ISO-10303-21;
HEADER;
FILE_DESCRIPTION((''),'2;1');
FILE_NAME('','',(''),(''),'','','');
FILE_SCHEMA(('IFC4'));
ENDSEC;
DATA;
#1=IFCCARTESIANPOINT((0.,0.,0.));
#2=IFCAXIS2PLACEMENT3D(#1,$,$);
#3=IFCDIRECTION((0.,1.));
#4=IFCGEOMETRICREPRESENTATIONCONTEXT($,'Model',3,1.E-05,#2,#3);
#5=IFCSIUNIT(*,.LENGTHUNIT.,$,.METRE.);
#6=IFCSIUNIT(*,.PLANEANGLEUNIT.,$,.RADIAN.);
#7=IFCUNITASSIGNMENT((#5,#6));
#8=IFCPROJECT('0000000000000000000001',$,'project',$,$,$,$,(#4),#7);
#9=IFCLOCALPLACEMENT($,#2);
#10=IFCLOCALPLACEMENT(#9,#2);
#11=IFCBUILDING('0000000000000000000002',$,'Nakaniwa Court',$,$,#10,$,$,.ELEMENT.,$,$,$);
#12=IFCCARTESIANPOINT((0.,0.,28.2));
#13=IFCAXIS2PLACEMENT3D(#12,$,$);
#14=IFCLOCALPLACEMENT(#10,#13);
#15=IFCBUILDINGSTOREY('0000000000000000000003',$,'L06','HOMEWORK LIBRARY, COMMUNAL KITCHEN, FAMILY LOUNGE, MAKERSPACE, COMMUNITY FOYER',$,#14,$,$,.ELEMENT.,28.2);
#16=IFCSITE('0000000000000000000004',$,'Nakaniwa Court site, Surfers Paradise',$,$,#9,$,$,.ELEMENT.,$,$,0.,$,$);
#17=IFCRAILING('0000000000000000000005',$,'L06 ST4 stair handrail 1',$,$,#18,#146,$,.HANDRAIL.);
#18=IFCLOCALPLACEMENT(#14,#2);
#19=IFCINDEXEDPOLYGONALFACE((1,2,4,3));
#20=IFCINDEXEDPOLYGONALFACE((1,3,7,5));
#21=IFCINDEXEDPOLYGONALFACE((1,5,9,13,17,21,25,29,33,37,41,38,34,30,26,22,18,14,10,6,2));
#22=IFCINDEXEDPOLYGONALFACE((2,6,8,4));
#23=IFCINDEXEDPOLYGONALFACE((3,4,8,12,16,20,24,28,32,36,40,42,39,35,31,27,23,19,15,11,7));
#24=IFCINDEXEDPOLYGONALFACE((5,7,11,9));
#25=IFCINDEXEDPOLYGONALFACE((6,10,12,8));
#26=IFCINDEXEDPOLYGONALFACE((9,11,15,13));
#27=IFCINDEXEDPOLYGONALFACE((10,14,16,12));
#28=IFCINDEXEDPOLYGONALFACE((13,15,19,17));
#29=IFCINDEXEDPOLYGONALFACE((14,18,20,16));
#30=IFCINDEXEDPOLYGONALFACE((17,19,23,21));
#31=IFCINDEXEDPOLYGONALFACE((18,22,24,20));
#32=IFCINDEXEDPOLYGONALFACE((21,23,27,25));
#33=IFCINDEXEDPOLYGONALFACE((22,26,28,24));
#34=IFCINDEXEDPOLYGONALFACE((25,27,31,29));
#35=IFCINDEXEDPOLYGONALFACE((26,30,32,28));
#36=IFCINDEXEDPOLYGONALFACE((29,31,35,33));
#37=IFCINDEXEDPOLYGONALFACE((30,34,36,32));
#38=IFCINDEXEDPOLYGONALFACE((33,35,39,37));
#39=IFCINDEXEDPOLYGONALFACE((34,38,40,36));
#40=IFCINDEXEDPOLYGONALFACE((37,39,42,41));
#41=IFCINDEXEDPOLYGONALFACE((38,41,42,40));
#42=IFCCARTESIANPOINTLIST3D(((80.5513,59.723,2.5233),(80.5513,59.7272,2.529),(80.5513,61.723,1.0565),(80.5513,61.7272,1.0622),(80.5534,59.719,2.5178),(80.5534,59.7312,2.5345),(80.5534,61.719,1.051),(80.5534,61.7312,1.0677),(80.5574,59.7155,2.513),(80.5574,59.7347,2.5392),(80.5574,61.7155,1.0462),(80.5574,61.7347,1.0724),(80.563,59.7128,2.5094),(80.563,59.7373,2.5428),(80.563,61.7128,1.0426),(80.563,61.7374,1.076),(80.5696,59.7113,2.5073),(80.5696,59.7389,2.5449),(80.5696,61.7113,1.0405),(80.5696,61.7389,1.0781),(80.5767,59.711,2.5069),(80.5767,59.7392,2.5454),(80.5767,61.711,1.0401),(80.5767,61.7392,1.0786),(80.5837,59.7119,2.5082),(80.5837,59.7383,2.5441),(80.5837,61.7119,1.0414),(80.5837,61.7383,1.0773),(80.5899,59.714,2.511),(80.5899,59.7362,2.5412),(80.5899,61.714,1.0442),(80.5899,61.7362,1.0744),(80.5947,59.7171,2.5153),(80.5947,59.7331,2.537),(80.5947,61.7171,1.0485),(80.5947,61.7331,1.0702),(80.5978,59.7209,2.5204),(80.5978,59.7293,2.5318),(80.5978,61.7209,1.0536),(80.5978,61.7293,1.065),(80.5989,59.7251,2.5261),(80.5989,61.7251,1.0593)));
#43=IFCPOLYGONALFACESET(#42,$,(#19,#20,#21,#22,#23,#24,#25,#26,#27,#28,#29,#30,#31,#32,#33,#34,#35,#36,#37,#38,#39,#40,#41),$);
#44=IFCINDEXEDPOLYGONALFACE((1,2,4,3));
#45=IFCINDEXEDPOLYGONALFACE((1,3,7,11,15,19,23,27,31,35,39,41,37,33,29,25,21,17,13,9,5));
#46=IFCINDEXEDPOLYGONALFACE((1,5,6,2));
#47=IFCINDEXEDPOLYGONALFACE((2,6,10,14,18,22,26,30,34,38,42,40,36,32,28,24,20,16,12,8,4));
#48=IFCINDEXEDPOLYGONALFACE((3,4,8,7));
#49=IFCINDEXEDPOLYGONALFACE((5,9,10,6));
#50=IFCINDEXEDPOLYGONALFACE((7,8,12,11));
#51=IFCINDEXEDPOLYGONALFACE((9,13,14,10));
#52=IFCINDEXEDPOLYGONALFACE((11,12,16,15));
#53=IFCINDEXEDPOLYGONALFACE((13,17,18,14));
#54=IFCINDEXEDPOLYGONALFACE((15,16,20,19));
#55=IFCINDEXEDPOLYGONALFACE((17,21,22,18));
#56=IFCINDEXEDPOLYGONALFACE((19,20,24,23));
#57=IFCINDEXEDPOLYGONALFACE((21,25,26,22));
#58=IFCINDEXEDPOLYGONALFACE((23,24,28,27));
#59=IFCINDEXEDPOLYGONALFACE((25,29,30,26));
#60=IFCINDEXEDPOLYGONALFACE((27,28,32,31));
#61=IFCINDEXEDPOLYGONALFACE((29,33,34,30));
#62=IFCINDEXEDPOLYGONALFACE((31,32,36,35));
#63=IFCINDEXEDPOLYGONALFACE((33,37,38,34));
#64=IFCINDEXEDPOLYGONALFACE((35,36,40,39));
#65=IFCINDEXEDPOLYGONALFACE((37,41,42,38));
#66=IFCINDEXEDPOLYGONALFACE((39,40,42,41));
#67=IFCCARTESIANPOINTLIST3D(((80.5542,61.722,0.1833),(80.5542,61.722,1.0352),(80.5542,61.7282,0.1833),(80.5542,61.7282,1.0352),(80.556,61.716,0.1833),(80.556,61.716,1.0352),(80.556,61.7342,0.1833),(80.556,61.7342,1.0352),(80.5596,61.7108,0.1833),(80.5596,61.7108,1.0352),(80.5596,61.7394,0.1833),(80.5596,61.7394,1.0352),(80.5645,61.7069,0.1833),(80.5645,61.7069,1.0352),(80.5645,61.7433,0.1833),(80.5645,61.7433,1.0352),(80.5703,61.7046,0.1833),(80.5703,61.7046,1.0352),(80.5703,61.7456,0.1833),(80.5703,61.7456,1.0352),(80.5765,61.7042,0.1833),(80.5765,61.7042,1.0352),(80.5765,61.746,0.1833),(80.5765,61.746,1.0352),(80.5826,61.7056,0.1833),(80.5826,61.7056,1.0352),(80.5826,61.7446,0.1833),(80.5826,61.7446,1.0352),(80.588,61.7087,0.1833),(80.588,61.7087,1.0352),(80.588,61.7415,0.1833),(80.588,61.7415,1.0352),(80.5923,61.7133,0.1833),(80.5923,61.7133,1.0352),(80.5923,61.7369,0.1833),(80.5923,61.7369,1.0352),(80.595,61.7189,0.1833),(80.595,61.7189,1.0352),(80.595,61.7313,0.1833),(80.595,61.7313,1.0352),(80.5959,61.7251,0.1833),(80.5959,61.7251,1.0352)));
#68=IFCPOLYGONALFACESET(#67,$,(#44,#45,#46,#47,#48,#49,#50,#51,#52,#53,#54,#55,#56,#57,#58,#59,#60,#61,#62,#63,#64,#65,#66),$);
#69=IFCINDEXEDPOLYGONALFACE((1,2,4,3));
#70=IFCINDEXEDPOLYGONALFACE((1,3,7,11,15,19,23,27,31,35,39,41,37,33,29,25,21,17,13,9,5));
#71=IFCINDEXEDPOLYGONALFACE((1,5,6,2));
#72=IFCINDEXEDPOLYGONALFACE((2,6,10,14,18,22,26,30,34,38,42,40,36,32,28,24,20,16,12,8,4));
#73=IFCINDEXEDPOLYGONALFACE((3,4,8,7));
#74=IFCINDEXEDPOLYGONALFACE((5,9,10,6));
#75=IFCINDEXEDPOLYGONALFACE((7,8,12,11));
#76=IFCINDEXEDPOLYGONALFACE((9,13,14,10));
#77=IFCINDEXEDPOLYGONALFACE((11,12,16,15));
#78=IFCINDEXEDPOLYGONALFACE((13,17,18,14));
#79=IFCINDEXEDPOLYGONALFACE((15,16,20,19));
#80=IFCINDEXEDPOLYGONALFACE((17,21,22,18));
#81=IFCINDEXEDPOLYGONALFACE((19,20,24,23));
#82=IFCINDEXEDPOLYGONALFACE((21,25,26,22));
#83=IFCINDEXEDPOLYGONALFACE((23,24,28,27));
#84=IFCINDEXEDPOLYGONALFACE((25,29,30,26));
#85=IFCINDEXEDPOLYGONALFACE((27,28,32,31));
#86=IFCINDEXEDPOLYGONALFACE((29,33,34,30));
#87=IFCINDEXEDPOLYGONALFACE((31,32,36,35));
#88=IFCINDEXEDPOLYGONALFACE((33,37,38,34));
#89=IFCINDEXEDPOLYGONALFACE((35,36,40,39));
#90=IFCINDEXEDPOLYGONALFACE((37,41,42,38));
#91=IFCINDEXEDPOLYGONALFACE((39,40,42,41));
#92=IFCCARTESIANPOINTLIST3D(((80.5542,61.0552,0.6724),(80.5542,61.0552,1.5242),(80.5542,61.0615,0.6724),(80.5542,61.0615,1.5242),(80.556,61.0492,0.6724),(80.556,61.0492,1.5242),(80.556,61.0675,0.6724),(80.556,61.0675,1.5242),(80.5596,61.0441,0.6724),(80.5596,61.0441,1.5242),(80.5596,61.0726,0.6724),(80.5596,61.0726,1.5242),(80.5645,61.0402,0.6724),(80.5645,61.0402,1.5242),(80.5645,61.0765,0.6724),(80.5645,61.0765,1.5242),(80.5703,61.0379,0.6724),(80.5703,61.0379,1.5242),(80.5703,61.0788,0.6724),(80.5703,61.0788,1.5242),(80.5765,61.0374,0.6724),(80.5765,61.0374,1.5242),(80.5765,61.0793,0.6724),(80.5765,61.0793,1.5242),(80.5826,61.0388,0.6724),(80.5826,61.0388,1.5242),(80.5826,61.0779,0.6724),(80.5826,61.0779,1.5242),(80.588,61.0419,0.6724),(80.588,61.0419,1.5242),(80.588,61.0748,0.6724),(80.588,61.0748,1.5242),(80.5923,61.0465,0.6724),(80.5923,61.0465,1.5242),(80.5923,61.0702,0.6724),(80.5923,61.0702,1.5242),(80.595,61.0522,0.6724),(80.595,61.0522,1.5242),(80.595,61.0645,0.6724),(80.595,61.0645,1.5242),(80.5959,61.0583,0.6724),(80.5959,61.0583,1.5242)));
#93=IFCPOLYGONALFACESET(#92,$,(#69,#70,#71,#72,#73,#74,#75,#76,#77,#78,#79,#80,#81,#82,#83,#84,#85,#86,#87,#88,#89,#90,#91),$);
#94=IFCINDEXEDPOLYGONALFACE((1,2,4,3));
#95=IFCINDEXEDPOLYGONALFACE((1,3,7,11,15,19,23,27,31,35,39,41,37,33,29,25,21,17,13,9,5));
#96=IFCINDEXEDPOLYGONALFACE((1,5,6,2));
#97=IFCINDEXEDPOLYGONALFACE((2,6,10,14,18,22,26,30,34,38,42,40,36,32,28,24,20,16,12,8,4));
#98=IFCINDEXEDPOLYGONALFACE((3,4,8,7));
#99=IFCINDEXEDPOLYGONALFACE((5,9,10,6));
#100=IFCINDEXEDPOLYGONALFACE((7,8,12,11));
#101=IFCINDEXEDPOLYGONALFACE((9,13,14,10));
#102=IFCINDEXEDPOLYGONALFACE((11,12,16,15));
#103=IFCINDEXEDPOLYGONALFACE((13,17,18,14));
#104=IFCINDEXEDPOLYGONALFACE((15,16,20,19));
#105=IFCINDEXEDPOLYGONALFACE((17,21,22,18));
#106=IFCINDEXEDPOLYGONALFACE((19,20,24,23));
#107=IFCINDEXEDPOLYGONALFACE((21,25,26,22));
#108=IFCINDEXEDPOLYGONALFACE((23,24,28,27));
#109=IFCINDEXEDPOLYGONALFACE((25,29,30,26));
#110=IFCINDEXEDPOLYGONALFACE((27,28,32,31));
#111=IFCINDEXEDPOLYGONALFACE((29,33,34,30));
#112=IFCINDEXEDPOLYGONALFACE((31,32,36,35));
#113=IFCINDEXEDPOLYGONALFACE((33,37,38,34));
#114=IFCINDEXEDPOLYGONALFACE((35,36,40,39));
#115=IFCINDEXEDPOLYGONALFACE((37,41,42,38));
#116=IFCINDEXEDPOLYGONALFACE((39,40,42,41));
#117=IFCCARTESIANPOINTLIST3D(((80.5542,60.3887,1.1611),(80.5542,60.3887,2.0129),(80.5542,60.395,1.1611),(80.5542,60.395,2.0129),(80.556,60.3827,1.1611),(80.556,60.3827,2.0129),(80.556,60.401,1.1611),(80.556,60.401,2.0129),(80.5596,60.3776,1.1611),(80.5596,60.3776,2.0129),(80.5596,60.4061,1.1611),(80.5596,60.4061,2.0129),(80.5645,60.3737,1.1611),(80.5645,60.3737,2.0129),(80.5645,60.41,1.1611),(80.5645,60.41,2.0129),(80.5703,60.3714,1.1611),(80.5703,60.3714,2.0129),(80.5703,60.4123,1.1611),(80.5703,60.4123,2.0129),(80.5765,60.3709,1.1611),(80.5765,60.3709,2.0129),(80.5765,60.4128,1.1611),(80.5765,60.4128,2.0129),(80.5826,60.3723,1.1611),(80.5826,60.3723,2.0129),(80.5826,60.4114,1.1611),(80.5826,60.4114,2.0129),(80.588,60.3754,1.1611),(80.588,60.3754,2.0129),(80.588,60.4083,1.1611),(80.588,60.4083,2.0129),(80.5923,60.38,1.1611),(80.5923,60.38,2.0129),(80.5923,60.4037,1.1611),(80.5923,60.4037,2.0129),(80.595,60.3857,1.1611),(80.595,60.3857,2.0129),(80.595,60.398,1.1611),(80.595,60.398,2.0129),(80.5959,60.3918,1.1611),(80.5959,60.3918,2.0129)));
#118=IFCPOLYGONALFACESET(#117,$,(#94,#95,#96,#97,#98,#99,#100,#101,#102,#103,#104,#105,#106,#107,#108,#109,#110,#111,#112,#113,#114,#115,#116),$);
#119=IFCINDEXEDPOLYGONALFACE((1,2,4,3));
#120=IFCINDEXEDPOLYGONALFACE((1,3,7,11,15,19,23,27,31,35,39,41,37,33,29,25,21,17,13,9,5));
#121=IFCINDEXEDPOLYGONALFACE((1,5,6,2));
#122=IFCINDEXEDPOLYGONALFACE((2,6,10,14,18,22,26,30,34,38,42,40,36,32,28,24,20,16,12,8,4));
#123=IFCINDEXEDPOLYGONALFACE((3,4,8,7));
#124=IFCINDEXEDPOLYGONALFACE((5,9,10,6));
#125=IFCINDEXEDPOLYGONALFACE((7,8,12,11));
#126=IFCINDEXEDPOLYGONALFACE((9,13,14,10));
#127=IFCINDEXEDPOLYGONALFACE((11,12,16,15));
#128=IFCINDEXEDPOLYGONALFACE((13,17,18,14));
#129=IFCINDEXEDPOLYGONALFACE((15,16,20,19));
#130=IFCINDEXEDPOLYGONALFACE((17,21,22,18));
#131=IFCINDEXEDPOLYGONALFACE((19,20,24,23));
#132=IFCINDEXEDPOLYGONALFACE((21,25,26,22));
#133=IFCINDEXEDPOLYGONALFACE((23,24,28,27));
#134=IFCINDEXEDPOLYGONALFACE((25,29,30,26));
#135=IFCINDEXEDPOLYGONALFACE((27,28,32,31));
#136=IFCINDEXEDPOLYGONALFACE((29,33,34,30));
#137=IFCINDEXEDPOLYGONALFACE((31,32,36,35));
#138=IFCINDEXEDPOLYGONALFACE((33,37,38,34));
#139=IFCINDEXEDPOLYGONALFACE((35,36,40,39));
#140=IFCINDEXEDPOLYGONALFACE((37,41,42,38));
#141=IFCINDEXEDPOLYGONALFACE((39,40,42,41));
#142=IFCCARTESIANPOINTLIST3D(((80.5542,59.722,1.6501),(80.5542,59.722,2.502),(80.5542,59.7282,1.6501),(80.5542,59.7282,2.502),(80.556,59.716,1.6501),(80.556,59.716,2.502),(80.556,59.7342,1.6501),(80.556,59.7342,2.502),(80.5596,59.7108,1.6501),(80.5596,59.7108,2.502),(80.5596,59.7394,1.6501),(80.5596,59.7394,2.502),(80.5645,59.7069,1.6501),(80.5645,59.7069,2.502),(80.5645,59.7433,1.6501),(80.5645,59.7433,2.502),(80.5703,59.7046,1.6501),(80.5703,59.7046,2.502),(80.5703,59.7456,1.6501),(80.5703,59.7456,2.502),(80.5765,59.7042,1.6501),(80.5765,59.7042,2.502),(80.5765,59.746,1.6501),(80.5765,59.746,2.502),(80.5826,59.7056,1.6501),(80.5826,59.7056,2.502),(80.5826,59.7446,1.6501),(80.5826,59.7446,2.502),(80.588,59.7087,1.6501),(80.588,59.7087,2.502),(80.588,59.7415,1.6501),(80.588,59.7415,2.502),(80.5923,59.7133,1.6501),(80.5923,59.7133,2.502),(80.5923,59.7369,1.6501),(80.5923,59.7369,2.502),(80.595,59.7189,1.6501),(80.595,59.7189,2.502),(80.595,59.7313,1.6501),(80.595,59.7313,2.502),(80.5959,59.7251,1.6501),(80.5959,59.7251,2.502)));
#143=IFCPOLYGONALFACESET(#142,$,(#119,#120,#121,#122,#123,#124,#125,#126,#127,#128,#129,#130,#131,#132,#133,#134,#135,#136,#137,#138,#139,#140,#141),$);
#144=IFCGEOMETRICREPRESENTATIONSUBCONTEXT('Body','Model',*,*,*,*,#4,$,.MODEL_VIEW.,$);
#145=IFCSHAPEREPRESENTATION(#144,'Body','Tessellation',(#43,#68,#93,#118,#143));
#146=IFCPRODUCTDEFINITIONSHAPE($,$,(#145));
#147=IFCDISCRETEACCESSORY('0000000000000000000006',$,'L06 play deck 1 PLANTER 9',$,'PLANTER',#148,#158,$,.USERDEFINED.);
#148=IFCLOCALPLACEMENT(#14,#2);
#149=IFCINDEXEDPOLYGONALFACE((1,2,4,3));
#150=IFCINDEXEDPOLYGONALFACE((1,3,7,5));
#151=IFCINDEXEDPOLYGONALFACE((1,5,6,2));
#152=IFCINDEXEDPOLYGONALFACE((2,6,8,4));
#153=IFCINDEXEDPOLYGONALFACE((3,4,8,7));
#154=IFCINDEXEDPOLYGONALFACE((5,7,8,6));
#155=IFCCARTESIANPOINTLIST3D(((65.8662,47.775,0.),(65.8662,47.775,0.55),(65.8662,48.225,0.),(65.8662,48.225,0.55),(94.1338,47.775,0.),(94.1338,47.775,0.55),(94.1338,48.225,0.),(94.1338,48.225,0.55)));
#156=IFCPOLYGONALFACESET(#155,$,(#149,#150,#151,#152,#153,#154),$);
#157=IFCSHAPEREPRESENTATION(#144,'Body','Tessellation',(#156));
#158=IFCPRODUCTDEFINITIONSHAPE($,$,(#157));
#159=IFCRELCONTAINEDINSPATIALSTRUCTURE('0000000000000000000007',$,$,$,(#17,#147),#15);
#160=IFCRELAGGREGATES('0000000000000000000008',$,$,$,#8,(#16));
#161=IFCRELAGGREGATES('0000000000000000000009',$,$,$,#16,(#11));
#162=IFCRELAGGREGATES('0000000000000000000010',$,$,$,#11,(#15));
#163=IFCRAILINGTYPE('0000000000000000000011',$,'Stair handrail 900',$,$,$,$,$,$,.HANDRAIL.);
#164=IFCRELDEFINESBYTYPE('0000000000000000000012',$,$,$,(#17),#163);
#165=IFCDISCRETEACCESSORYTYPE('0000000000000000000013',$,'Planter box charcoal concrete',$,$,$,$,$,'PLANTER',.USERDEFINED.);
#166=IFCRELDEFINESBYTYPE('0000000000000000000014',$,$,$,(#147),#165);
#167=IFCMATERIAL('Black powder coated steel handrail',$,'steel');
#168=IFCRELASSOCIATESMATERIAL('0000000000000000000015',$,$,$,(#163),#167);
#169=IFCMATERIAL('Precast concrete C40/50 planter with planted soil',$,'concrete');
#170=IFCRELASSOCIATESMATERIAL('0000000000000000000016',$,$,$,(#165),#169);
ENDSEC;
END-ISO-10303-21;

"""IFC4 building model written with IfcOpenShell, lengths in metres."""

from ifc_helpers import new_model, si_unit, direction, frame, origin, origin_2d, place, context, subcontext, project, spatial, rectangle, circle, extrude, material, type_object, element, save


model = new_model("IFC4")

# Units and contexts
model_context = context("Model", 3, precision=1e-05, world=origin(), true_north=direction((0.0, 1.0)))
body_context = subcontext(model_context, "Body", "Model", "MODEL_VIEW")
ifc_project = project(units=[si_unit("LENGTHUNIT", "METRE"), si_unit("PLANEANGLEUNIT", "RADIAN")], contexts=[model_context])

# Site, building, storey
site_placement = place(None, origin())
site = spatial("IfcSite", under=ifc_project, at=site_placement, Name="Nakaniwa Court site, Surfers Paradise", CompositionType="ELEMENT", RefElevation=0.0)
building_placement = place(site_placement, origin())
building = spatial("IfcBuilding", under=site, at=building_placement, Name="Nakaniwa Court", CompositionType="ELEMENT")
storey_placement = place(building_placement, frame((0.0, 0.0, 28.2)))
storey = spatial("IfcBuildingStorey", under=building, at=storey_placement, Name="L06", Description="HOMEWORK LIBRARY, COMMUNAL KITCHEN, FAMILY LOUNGE, MAKERSPACE, COMMUNITY FOYER", CompositionType="ELEMENT", Elevation=28.2)

# Railing
ifc_material_1 = material(Name="Black powder coated steel handrail", Category="steel")
railing_type_1 = type_object("IfcRailingType", Name="Stair handrail 900", PredefinedType="HANDRAIL", material=ifc_material_1)
railing_1_placement = place(storey_placement, frame((80.575, 61.7251, 0.1833)))
element("IfcRailing", 1, at=railing_1_placement, inside=storey, type_object=railing_type_1, Name="L06 ST4 stair handrail 1", PredefinedType="HANDRAIL", context=body_context, shape_type="SweptSolid", body=[
    extrude(circle(Radius=0.0239, at=origin_2d()), frame((0.0, 0.0, 0.876), z_axis=(0.0, -0.80638, 0.591398), x_axis=(1.0, 0.0, 0.0)), (0.0, 0.0, 1.0), 2.4802),
    extrude(circle(Radius=0.021, at=origin_2d()), origin(), (0.0, 0.0, 1.0), 0.8518),
    extrude(circle(Radius=0.021, at=origin_2d()), frame((0.0, -0.6667, 0.489)), (0.0, 0.0, 1.0), 0.8518),
    extrude(circle(Radius=0.021, at=origin_2d()), frame((0.0, -1.3333, 0.9778)), (0.0, 0.0, 1.0), 0.8518),
    extrude(circle(Radius=0.021, at=origin_2d()), frame((0.0, -2.0, 1.4668)), (0.0, 0.0, 1.0), 0.8518),
])

# Discrete accessory
ifc_material_2 = material(Name="Precast concrete C40/50 planter with planted soil", Category="concrete")
discrete_accessory_type = type_object("IfcDiscreteAccessoryType", Name="Planter box charcoal concrete", ElementType="PLANTER", PredefinedType="USERDEFINED", material=ifc_material_2)
discrete_accessory_placement = place(storey_placement, frame((80.0, 48.0, 0.0), z_axis=(0.0, 0.0, 1.0), x_axis=(1.0, 0.0, 0.0)))
element("IfcDiscreteAccessory", 2, at=discrete_accessory_placement, inside=storey, type_object=discrete_accessory_type, Name="L06 play deck 1 PLANTER 9", ObjectType="PLANTER", PredefinedType="USERDEFINED", context=body_context, shape_type="SweptSolid", body=[
    extrude(rectangle(XDim=28.2676, YDim=0.45, at=origin_2d()), origin(), (0.0, 0.0, 1.0), 0.55),
])

save(model, "model.ifc")
